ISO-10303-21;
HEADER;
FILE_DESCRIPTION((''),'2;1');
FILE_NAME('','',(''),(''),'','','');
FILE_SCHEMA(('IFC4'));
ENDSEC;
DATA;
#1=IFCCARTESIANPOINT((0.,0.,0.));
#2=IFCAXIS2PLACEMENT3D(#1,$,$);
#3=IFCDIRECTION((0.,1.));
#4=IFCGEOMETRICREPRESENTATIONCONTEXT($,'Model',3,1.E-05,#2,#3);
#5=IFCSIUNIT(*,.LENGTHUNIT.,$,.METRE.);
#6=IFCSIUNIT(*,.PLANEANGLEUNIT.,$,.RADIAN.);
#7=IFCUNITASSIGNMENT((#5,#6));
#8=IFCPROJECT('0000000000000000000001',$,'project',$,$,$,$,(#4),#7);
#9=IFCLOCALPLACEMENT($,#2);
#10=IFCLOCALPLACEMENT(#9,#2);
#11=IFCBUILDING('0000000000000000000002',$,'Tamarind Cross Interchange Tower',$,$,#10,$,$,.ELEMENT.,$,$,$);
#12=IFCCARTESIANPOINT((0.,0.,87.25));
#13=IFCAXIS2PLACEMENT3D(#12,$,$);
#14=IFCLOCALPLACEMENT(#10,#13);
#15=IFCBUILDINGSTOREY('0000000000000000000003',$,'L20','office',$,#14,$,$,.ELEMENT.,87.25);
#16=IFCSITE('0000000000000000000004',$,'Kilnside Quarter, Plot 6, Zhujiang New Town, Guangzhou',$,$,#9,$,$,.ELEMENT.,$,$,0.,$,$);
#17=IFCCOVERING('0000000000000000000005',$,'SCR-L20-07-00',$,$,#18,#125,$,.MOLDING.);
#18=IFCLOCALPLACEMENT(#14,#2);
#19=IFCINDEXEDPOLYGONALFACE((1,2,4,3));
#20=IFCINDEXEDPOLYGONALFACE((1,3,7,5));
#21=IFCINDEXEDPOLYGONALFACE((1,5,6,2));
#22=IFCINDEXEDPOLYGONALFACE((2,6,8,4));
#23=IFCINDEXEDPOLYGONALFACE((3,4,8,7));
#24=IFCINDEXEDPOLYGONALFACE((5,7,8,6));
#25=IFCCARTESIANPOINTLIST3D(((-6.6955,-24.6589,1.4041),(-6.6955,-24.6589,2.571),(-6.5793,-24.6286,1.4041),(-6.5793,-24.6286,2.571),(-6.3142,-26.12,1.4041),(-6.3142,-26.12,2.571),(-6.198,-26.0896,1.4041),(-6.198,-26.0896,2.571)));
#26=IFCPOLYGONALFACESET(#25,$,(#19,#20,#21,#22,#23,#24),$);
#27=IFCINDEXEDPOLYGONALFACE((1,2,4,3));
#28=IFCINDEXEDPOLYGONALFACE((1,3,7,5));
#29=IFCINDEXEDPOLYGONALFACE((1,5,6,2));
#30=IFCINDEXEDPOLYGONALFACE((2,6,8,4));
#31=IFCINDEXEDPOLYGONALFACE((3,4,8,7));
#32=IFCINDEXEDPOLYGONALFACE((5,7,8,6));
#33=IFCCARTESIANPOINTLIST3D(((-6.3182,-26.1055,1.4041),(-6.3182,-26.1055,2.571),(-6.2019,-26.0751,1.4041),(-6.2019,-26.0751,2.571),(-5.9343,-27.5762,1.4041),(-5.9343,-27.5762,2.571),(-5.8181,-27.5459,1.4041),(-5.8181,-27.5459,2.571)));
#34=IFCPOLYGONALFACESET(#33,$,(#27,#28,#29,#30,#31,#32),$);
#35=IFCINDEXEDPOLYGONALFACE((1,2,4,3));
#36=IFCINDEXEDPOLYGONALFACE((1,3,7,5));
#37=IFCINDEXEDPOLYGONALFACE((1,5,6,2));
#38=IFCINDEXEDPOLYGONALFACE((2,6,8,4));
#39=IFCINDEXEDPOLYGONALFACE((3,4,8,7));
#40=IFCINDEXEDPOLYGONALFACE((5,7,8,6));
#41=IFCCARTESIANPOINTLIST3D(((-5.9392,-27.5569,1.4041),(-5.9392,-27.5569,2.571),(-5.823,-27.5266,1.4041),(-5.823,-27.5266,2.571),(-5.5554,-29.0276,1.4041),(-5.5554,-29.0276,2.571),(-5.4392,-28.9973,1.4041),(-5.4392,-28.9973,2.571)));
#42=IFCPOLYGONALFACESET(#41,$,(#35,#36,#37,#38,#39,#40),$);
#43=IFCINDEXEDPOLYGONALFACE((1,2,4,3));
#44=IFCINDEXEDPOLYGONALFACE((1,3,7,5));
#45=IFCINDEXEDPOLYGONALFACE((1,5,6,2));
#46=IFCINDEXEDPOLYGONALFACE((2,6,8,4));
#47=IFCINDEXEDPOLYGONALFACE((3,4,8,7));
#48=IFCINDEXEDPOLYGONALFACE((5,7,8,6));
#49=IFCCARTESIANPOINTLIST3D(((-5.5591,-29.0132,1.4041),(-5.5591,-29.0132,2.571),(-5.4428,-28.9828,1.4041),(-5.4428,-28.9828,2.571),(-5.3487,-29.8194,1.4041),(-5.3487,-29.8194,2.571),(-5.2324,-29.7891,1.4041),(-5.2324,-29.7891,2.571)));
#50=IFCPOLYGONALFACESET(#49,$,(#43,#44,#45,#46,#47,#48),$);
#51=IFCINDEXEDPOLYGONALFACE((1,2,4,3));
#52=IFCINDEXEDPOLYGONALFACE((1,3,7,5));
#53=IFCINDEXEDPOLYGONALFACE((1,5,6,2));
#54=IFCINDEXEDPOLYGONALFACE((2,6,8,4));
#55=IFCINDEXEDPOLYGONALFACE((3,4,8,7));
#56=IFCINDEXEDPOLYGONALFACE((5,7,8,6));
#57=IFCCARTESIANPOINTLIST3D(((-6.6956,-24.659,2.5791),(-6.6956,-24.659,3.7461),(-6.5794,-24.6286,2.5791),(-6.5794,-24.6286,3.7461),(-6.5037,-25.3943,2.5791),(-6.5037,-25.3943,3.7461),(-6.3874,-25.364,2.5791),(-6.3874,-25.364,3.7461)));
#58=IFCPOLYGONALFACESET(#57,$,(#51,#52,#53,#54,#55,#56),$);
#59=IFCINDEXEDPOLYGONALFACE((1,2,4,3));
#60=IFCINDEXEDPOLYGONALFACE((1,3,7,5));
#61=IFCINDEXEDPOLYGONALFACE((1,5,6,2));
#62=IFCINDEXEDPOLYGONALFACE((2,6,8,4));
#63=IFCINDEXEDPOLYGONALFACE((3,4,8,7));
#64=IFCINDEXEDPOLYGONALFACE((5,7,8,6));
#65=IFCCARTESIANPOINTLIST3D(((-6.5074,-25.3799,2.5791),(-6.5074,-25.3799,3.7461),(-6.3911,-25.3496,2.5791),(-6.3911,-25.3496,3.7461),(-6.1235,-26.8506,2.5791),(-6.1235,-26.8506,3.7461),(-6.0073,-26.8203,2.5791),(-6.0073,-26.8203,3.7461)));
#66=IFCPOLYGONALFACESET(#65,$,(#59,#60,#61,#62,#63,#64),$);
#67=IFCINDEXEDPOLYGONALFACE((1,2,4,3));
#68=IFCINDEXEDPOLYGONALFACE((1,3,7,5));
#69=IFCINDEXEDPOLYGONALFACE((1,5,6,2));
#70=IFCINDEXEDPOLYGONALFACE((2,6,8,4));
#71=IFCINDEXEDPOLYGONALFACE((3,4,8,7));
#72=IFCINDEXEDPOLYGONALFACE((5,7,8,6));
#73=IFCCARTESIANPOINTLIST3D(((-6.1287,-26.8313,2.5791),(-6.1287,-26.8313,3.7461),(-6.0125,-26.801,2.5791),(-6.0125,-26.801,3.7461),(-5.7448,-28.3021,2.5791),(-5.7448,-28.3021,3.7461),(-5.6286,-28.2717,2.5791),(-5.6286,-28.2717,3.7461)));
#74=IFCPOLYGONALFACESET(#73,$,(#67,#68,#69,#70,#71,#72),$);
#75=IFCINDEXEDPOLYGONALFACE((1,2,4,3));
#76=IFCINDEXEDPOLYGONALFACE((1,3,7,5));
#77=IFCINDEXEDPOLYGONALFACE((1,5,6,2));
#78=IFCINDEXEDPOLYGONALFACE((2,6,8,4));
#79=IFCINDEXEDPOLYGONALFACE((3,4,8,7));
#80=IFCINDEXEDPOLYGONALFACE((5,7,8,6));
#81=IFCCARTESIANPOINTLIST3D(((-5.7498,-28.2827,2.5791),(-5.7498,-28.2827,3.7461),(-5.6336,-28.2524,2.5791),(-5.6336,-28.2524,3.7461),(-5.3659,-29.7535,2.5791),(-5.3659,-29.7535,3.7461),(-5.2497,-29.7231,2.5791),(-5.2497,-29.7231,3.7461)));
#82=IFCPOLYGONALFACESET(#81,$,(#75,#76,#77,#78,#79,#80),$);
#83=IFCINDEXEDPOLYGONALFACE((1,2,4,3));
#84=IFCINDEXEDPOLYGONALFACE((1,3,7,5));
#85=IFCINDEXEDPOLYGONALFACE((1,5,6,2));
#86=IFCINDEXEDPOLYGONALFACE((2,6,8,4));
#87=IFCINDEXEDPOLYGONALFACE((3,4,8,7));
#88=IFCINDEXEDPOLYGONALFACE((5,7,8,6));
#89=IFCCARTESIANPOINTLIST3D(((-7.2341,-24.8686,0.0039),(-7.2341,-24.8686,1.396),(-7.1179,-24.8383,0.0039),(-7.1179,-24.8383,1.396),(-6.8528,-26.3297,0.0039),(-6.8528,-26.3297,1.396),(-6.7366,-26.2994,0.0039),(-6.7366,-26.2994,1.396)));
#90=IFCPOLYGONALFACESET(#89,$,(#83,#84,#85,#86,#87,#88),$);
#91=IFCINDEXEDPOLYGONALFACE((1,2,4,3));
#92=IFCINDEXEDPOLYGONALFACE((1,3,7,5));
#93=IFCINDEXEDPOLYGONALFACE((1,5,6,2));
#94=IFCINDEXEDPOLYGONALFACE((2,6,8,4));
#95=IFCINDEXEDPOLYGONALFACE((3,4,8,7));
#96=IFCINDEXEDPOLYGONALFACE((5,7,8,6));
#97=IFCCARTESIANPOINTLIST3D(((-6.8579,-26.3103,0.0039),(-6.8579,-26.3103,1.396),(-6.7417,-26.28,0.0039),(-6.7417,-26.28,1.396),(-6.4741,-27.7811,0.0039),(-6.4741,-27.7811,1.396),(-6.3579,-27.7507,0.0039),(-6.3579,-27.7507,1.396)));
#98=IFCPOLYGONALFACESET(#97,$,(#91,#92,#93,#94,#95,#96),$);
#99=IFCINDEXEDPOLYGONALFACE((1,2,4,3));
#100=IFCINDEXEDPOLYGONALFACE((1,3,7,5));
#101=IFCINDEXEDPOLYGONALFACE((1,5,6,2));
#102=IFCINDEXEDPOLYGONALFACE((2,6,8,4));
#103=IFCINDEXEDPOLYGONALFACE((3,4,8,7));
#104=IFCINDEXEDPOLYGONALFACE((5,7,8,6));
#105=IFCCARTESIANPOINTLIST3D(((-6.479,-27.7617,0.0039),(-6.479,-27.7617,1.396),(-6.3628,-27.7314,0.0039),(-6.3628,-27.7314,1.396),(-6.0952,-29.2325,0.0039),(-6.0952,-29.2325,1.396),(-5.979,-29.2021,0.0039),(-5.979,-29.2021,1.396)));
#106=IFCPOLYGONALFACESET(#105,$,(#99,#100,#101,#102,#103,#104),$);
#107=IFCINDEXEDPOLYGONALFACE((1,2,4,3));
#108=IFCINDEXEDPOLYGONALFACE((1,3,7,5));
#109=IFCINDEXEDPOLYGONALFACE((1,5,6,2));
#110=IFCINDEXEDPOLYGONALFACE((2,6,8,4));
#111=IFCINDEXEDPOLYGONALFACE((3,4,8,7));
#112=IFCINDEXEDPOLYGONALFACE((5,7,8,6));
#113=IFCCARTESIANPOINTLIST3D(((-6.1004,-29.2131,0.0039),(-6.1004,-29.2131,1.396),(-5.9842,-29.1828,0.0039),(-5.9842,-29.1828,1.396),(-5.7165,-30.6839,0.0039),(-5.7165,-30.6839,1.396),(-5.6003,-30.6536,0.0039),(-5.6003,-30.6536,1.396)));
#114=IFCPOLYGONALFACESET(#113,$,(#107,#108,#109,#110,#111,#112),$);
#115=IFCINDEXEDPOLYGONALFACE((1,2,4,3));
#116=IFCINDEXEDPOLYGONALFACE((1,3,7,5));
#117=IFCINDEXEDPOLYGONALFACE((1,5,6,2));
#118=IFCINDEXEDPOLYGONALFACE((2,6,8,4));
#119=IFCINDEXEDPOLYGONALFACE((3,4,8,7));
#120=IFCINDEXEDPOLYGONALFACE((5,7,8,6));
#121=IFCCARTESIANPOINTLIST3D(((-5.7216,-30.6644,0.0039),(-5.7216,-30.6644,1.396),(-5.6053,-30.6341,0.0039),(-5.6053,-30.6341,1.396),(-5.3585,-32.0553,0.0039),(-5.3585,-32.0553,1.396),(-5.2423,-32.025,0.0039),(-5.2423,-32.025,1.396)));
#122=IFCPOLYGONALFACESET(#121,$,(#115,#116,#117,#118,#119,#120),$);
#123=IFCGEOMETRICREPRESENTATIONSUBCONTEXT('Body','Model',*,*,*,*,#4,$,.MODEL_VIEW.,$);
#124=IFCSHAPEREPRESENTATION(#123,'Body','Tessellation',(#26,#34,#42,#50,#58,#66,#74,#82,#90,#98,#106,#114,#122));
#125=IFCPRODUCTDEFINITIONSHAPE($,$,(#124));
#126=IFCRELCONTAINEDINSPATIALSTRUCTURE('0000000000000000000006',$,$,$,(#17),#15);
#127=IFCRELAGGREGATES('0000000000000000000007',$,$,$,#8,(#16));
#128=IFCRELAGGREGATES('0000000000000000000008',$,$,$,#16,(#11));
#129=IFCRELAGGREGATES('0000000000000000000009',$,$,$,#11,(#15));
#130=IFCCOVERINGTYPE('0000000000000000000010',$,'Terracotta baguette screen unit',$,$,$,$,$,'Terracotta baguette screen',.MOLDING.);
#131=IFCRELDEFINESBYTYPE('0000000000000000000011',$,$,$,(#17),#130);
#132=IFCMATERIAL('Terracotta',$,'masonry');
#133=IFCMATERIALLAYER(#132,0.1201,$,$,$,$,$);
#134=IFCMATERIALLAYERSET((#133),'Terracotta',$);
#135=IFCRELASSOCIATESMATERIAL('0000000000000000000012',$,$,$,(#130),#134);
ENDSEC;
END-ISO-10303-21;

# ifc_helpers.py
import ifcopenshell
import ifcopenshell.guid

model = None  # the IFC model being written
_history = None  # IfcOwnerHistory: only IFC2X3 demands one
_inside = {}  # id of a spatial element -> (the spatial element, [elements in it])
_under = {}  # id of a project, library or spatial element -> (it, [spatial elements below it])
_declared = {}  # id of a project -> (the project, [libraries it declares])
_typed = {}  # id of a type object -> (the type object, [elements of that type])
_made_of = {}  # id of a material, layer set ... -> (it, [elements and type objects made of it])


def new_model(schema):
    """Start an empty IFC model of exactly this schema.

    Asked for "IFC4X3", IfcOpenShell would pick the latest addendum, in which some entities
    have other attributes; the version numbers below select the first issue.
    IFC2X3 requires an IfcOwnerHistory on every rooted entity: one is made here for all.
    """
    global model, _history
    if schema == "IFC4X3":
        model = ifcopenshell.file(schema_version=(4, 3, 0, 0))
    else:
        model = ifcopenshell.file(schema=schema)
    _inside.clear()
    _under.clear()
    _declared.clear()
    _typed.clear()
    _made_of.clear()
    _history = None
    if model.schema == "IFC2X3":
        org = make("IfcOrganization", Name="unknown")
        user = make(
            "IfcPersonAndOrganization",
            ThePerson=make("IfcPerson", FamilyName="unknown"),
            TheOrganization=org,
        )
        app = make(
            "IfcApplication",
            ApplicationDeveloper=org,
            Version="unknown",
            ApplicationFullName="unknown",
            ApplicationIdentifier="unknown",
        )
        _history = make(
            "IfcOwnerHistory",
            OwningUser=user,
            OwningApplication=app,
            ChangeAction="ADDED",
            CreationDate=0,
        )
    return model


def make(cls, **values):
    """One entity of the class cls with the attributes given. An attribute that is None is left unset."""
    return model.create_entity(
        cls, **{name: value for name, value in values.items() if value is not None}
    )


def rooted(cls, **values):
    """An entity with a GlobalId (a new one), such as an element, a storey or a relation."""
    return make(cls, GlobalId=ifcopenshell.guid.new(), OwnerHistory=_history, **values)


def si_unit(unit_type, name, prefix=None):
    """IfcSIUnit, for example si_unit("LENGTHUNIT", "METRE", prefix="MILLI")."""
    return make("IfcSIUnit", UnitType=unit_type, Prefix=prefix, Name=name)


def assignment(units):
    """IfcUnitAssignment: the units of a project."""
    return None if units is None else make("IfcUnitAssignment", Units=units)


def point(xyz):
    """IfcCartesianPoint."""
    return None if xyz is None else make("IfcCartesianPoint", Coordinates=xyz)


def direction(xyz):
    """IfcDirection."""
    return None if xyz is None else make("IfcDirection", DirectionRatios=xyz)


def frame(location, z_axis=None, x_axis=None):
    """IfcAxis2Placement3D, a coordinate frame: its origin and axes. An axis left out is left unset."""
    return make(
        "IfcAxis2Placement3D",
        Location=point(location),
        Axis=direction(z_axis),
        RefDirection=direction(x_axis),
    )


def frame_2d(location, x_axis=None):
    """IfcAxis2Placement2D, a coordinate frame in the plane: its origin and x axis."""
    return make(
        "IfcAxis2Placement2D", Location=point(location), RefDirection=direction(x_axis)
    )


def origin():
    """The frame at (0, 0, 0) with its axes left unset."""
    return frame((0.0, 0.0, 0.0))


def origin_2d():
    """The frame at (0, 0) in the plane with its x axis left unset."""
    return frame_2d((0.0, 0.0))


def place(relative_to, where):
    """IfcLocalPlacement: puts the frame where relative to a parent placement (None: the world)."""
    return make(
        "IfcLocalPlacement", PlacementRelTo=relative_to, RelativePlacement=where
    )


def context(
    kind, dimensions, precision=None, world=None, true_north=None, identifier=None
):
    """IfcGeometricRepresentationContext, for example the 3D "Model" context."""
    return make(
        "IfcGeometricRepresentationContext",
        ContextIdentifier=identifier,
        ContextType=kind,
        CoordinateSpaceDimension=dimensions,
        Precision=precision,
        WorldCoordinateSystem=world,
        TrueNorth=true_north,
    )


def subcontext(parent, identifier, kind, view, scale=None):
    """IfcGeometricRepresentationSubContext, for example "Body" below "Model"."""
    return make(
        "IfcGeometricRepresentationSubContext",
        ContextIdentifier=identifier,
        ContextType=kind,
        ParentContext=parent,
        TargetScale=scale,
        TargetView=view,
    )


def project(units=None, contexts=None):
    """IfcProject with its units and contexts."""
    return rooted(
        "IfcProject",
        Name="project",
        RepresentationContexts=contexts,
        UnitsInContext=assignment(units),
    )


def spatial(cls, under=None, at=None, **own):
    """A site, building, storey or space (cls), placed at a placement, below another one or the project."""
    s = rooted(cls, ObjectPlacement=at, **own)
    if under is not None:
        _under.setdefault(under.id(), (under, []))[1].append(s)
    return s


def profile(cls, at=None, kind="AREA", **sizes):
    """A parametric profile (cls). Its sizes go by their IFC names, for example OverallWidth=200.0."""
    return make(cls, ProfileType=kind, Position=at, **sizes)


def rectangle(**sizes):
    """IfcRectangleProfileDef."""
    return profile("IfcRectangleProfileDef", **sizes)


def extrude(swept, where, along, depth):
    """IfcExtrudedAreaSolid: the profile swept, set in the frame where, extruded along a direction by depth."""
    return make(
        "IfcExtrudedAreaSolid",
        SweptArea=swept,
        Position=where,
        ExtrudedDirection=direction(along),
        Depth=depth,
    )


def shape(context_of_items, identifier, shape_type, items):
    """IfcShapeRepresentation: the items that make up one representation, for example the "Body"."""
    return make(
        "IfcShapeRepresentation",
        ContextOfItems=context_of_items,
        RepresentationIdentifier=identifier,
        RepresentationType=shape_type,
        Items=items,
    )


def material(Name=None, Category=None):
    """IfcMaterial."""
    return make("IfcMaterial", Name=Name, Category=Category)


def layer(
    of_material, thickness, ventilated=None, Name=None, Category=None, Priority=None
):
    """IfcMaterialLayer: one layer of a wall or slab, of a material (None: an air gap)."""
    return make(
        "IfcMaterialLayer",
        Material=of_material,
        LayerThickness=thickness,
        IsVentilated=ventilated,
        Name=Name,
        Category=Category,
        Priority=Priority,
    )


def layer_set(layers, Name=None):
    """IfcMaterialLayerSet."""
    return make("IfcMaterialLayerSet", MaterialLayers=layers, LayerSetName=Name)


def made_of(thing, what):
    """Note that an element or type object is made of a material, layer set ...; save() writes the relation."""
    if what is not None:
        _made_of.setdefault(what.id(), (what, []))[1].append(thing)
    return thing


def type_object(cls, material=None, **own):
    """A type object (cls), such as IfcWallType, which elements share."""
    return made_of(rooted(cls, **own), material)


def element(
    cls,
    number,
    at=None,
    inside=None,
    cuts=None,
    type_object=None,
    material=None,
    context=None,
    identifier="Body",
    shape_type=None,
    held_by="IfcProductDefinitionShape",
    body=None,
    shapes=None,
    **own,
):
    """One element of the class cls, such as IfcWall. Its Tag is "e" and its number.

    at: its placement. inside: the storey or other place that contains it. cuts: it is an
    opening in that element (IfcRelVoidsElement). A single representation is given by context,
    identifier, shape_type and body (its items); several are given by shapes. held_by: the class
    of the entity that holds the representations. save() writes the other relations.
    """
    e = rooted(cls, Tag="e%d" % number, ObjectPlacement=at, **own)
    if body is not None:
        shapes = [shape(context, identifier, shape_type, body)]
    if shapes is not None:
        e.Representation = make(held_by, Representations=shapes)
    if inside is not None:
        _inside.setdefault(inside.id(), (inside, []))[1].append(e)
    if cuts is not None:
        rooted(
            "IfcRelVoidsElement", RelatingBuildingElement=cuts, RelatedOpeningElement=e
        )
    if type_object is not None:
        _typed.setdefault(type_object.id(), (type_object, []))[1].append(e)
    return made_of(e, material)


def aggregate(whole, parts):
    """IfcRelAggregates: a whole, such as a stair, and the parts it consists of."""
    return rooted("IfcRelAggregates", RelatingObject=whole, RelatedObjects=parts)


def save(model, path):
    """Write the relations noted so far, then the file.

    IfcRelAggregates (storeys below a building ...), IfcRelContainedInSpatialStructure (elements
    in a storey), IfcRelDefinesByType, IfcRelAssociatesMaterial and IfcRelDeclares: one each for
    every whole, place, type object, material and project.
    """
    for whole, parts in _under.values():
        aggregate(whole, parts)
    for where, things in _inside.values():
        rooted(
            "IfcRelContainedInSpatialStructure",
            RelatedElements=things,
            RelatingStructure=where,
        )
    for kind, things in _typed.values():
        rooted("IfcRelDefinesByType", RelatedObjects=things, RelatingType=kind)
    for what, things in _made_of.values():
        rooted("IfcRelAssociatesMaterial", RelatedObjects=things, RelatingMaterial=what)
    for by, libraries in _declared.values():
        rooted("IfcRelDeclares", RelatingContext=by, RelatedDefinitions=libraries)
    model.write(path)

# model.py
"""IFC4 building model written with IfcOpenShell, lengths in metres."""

from ifc_helpers import new_model, si_unit, direction, frame, origin, origin_2d, place, context, subcontext, project, spatial, rectangle, extrude, material, layer, layer_set, type_object, element, save


model = new_model("IFC4")

# Units and contexts
model_context = context("Model", 3, precision=1e-05, world=origin(), true_north=direction((0.0, 1.0)))
body_context = subcontext(model_context, "Body", "Model", "MODEL_VIEW")
ifc_project = project(units=[si_unit("LENGTHUNIT", "METRE"), si_unit("PLANEANGLEUNIT", "RADIAN")], contexts=[model_context])

# Site, building, storey
site_placement = place(None, origin())
site = spatial("IfcSite", under=ifc_project, at=site_placement, Name="Kilnside Quarter, Plot 6, Zhujiang New Town, Guangzhou", CompositionType="ELEMENT", RefElevation=0.0)
building_placement = place(site_placement, origin())
building = spatial("IfcBuilding", under=site, at=building_placement, Name="Tamarind Cross Interchange Tower", CompositionType="ELEMENT")
storey_placement = place(building_placement, frame((0.0, 0.0, 87.25)))
storey = spatial("IfcBuildingStorey", under=building, at=storey_placement, Name="L20", Description="office", CompositionType="ELEMENT", Elevation=87.25)

# Covering
ifc_material_1 = material(Name="Terracotta", Category="masonry")
ifc_layer_1 = layer(ifc_material_1, 0.1201)
ifc_layer_set_1 = layer_set([ifc_layer_1], Name="Terracotta")
covering_type = type_object("IfcCoveringType", Name="Terracotta baguette screen unit", ElementType="Terracotta baguette screen", PredefinedType="MOLDING", material=ifc_layer_set_1)
covering_1_placement = place(storey_placement, origin())
element("IfcCovering", 1, at=covering_1_placement, inside=storey, type_object=covering_type, Name="SCR-L20-07-00", PredefinedType="MOLDING", context=body_context, shape_type="SweptSolid", body=[
    extrude(rectangle(XDim=1.51, YDim=0.1201, at=origin_2d()), frame((-6.4468, -25.3743, 1.4041), z_axis=(0.0, 0.0, 1.0), x_axis=(0.252529, -0.967589, 0.0)), (0.0, 0.0, 1.0), 1.167),
    extrude(rectangle(XDim=1.52, YDim=0.1201, at=origin_2d()), frame((-6.0681, -26.8257, 1.4041), z_axis=(0.0, 0.0, 1.0), x_axis=(0.252529, -0.967589, 0.0)), (0.0, 0.0, 1.0), 1.167),
    extrude(rectangle(XDim=1.52, YDim=0.1201, at=origin_2d()), frame((-5.6892, -28.2771, 1.4041), z_axis=(0.0, 0.0, 1.0), x_axis=(0.252529, -0.967589, 0.0)), (0.0, 0.0, 1.0), 1.167),
    extrude(rectangle(XDim=0.8333, YDim=0.1201, at=origin_2d()), frame((-5.3958, -29.4011, 1.4041), z_axis=(0.0, 0.0, 1.0), x_axis=(0.252529, -0.967589, 0.0)), (0.0, 0.0, 1.0), 1.167),
    extrude(rectangle(XDim=0.76, YDim=0.1201, at=origin_2d()), frame((-6.5415, -25.0115, 2.5791), z_axis=(0.0, 0.0, 1.0), x_axis=(0.252529, -0.967589, 0.0)), (0.0, 0.0, 1.0), 1.167),
    extrude(rectangle(XDim=1.52, YDim=0.1201, at=origin_2d()), frame((-6.2573, -26.1001, 2.5791), z_axis=(0.0, 0.0, 1.0), x_axis=(0.252529, -0.967589, 0.0)), (0.0, 0.0, 1.0), 1.167),
    extrude(rectangle(XDim=1.52, YDim=0.1201, at=origin_2d()), frame((-5.8787, -27.5515, 2.5791), z_axis=(0.0, 0.0, 1.0), x_axis=(0.252529, -0.967589, 0.0)), (0.0, 0.0, 1.0), 1.167),
    extrude(rectangle(XDim=1.52, YDim=0.1201, at=origin_2d()), frame((-5.4998, -29.0029, 2.5791), z_axis=(0.0, 0.0, 1.0), x_axis=(0.252529, -0.967589, 0.0)), (0.0, 0.0, 1.0), 1.167),
    extrude(rectangle(XDim=1.51, YDim=0.1201, at=origin_2d()), frame((-6.9854, -25.584, 0.0039), z_axis=(0.0, 0.0, 1.0), x_axis=(0.252529, -0.967589, 0.0)), (0.0, 0.0, 1.0), 1.3921),
    extrude(rectangle(XDim=1.52, YDim=0.1201, at=origin_2d()), frame((-6.6079, -27.0305, 0.0039), z_axis=(0.0, 0.0, 1.0), x_axis=(0.252529, -0.967589, 0.0)), (0.0, 0.0, 1.0), 1.3921),
    extrude(rectangle(XDim=1.52, YDim=0.1201, at=origin_2d()), frame((-6.229, -28.4819, 0.0039), z_axis=(0.0, 0.0, 1.0), x_axis=(0.252529, -0.967589, 0.0)), (0.0, 0.0, 1.0), 1.3921),
    extrude(rectangle(XDim=1.52, YDim=0.1201, at=origin_2d()), frame((-5.8503, -29.9333, 0.0039), z_axis=(0.0, 0.0, 1.0), x_axis=(0.252529, -0.967589, 0.0)), (0.0, 0.0, 1.0), 1.3921),
    extrude(rectangle(XDim=1.4375, YDim=0.1201, at=origin_2d()), frame((-5.4819, -31.3447, 0.0039), z_axis=(0.0, 0.0, 1.0), x_axis=(0.252529, -0.967589, 0.0)), (0.0, 0.0, 1.0), 1.3921),
])

save(model, "model.ifc")
